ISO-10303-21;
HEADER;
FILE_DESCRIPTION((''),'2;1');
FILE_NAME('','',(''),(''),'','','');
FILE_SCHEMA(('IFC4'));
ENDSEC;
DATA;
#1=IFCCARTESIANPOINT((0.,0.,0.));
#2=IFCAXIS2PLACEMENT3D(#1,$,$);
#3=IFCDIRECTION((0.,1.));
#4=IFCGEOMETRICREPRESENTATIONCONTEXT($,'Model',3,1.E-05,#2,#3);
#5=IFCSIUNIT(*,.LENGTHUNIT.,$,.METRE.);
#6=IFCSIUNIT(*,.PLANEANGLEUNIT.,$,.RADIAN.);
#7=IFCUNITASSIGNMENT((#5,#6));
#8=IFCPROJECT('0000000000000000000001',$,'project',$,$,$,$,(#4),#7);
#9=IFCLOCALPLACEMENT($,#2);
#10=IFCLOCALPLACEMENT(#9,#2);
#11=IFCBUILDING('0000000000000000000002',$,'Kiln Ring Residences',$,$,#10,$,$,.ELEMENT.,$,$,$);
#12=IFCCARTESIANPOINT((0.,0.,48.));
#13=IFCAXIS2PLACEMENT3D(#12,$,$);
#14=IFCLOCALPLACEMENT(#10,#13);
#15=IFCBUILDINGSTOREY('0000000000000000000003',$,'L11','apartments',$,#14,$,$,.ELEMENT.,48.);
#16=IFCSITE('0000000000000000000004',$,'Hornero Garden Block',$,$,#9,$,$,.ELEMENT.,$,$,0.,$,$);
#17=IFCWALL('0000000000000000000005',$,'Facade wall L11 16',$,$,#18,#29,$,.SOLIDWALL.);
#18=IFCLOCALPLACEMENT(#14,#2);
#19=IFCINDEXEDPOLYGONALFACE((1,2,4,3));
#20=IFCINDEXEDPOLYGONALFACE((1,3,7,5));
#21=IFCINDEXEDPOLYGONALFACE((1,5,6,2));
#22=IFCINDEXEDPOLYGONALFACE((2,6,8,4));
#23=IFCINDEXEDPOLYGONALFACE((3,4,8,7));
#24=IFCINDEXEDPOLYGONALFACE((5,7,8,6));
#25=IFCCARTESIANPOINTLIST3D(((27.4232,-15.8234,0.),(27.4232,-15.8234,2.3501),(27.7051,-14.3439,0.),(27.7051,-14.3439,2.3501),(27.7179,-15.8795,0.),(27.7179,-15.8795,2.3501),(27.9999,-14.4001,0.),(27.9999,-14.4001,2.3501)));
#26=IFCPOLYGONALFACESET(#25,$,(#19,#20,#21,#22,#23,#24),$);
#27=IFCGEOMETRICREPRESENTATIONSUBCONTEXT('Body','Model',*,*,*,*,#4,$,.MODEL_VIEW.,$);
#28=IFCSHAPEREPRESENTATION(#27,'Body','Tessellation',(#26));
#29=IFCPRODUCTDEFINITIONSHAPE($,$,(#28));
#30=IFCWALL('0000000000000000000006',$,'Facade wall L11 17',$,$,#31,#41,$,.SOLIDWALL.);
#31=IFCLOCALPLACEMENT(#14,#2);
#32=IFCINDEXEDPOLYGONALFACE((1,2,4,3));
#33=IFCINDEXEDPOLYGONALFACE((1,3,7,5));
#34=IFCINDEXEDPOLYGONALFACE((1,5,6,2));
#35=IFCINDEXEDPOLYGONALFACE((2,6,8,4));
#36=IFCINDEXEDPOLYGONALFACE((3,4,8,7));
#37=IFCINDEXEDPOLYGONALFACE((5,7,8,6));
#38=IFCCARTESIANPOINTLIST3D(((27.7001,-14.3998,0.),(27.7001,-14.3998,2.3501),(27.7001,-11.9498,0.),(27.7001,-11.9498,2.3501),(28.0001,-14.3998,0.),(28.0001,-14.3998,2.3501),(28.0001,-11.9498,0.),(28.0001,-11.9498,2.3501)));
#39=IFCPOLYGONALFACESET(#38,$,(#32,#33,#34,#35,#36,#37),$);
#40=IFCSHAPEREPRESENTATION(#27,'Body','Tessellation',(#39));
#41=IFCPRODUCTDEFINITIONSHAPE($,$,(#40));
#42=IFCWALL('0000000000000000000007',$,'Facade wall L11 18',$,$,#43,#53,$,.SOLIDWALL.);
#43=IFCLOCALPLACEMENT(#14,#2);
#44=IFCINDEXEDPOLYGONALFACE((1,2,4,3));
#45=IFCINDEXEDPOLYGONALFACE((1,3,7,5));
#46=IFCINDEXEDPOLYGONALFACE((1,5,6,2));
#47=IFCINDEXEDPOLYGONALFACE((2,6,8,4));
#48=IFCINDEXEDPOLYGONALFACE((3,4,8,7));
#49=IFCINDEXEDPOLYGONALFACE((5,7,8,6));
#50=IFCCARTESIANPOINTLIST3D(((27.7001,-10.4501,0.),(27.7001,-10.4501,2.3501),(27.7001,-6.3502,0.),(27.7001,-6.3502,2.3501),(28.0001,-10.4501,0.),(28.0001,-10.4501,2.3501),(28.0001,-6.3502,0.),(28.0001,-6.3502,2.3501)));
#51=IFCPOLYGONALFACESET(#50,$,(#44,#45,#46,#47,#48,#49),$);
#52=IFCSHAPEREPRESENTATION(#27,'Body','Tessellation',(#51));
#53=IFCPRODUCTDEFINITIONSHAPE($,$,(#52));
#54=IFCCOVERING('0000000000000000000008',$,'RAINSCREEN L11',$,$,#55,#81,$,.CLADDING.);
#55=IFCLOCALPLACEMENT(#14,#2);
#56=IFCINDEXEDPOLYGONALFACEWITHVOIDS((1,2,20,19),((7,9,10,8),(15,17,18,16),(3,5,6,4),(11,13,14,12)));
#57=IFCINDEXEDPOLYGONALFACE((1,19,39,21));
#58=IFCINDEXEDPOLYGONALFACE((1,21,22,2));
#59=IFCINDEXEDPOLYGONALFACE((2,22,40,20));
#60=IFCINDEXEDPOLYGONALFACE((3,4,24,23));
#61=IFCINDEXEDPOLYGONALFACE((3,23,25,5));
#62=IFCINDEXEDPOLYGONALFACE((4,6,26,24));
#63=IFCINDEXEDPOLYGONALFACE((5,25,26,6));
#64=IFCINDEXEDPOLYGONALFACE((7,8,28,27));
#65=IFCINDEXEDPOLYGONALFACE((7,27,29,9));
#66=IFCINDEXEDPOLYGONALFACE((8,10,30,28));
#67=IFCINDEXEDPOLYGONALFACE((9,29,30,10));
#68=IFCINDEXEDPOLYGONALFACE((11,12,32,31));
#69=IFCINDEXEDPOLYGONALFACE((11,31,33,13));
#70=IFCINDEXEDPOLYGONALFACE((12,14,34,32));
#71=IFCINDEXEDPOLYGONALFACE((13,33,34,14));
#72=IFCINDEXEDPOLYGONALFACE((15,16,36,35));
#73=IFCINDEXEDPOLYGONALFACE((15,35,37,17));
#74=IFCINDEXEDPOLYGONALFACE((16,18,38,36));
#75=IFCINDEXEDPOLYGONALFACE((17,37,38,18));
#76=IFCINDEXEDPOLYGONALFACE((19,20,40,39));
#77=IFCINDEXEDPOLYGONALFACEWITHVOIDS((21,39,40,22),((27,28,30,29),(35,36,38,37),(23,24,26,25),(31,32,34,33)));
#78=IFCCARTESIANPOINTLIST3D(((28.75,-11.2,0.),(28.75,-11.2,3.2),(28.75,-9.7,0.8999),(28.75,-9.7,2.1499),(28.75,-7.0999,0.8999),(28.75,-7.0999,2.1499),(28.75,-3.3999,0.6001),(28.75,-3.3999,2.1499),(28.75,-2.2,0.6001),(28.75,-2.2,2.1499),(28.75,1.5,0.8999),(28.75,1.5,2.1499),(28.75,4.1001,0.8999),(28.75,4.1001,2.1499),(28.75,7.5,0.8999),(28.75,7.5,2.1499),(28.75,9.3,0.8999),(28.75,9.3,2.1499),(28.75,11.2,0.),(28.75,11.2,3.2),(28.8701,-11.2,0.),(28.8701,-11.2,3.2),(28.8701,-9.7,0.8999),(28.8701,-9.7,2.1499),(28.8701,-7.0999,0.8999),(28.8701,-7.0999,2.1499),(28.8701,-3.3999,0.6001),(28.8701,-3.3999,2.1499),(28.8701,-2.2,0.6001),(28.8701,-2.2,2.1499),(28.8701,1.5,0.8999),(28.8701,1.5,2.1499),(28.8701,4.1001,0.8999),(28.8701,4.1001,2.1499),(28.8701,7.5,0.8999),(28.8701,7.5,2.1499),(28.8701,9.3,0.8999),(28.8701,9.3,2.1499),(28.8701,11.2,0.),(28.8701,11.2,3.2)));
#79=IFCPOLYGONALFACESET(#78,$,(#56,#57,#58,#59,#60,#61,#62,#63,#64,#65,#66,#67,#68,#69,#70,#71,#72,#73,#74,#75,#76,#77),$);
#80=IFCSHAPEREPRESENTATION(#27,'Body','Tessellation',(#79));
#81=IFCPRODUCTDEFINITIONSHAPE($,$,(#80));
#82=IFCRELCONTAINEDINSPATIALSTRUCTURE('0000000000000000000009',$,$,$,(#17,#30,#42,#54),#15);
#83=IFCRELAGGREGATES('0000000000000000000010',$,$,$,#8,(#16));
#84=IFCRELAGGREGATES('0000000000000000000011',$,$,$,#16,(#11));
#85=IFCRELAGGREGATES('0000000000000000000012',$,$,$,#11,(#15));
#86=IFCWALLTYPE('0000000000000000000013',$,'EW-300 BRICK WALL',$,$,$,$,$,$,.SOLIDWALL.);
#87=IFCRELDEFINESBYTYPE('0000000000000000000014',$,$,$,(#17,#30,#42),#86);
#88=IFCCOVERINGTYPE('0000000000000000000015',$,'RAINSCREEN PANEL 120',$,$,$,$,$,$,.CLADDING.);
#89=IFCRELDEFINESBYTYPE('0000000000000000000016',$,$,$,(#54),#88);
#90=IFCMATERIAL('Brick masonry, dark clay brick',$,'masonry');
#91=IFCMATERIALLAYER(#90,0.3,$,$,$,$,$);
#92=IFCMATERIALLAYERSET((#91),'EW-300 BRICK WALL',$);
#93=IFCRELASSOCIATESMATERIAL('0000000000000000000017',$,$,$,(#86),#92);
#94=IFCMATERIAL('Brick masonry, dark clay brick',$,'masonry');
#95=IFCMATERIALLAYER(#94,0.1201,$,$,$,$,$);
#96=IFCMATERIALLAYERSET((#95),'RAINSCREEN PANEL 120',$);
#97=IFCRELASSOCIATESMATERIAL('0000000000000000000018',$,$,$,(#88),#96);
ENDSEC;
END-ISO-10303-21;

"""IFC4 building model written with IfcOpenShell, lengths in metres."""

from ifc_helpers import new_model, si_unit, direction, frame, frame_2d, origin, place, context, subcontext, project, spatial, polyline, rectangle, outline, extrude, material, layer, layer_set, type_object, element, save


model = new_model("IFC4")

# Units and contexts
model_context = context("Model", 3, precision=1e-05, world=origin(), true_north=direction((0.0, 1.0)))
body_context = subcontext(model_context, "Body", "Model", "MODEL_VIEW")
ifc_project = project(units=[si_unit("LENGTHUNIT", "METRE"), si_unit("PLANEANGLEUNIT", "RADIAN")], contexts=[model_context])

# Site, building, storey
site_placement = place(None, origin())
site = spatial("IfcSite", under=ifc_project, at=site_placement, Name="Hornero Garden Block", CompositionType="ELEMENT", RefElevation=0.0)
building_placement = place(site_placement, origin())
building = spatial("IfcBuilding", under=site, at=building_placement, Name="Kiln Ring Residences", CompositionType="ELEMENT")
storey_placement = place(building_placement, frame((0.0, 0.0, 48.0)))
storey = spatial("IfcBuildingStorey", under=building, at=storey_placement, Name="L11", Description="apartments", CompositionType="ELEMENT", Elevation=48.0)

# Walls
ifc_material_1 = material(Name="Brick masonry, dark clay brick", Category="masonry")
ifc_layer_1 = layer(ifc_material_1, 0.3)
ifc_layer_set_1 = layer_set([ifc_layer_1], Name="EW-300 BRICK WALL")
wall_type_1 = type_object("IfcWallType", Name="EW-300 BRICK WALL", PredefinedType="SOLIDWALL", material=ifc_layer_set_1)
wall_1_placement = place(storey_placement, frame((27.5706, -15.8513, 0.0), z_axis=(0.0, 0.0, 1.0), x_axis=(0.187224, 0.982317, 0.0)))
element("IfcWall", 1, at=wall_1_placement, inside=storey, type_object=wall_type_1, Name="Facade wall L11 16", PredefinedType="SOLIDWALL", context=body_context, shape_type="SweptSolid", body=[
    extrude(rectangle(XDim=1.5061, YDim=0.3, at=frame_2d((0.7529, 0.0))), origin(), (0.0, 0.0, 1.0), 2.3501),
])
wall_2_placement = place(storey_placement, frame((27.8501, -14.3999, 0.0), z_axis=(0.0, 0.0, 1.0), x_axis=(0.0, 1.0, 0.0)))
element("IfcWall", 2, at=wall_2_placement, inside=storey, type_object=wall_type_1, Name="Facade wall L11 17", PredefinedType="SOLIDWALL", context=body_context, shape_type="SweptSolid", body=[
    extrude(rectangle(XDim=2.45, YDim=0.3, at=frame_2d((1.2251, 0.0))), origin(), (0.0, 0.0, 1.0), 2.3501),
])
wall_3_placement = place(storey_placement, frame((27.8501, -10.45, 0.0), z_axis=(0.0, 0.0, 1.0), x_axis=(0.0, 1.0, 0.0)))
element("IfcWall", 3, at=wall_3_placement, inside=storey, type_object=wall_type_1, Name="Facade wall L11 18", PredefinedType="SOLIDWALL", context=body_context, shape_type="SweptSolid", body=[
    extrude(rectangle(XDim=4.0999, YDim=0.3, at=frame_2d((2.0498, 0.0))), origin(), (0.0, 0.0, 1.0), 2.3501),
])

# Covering
ifc_material_2 = material(Name="Brick masonry, dark clay brick", Category="masonry")
ifc_layer_2 = layer(ifc_material_2, 0.1201)
ifc_layer_set_2 = layer_set([ifc_layer_2], Name="RAINSCREEN PANEL 120")
covering_type = type_object("IfcCoveringType", Name="RAINSCREEN PANEL 120", PredefinedType="CLADDING", material=ifc_layer_set_2)
covering_placement = place(storey_placement, frame((28.8101, -11.2, 0.0), z_axis=(0.0, 0.0, 1.0), x_axis=(0.0, 1.0, 0.0)))
element("IfcCovering", 4, at=covering_placement, inside=storey, type_object=covering_type, Name="RAINSCREEN L11", PredefinedType="CLADDING", context=body_context, shape_type="SweptSolid", body=[
    extrude(outline(polyline([(0.0, 0.0), (22.3999, 0.0), (22.3999, 3.2), (0.0, 3.2), (0.0, 0.0)]), holes=[polyline([(9.0, 0.6001), (9.0, 2.1499), (7.8, 2.1499), (7.8, 0.6001), (9.0, 0.6001)]), polyline([(4.1001, 0.8999), (4.1001, 2.1499), (1.5, 2.1499), (1.5, 0.8999), (4.1001, 0.8999)]), polyline([(15.3, 0.8999), (15.3, 2.1499), (12.7, 2.1499), (12.7, 0.8999), (15.3, 0.8999)]), polyline([(20.5, 0.8999), (20.5, 2.1499), (18.7, 2.1499), (18.7, 0.8999), (20.5, 0.8999)])]), frame((0.0, 0.0601, 0.0), z_axis=(0.0, -1.0, 0.0), x_axis=(1.0, 0.0, 0.0)), (0.0, 0.0, 1.0), 0.1201),
])

save(model, "model.ifc")
